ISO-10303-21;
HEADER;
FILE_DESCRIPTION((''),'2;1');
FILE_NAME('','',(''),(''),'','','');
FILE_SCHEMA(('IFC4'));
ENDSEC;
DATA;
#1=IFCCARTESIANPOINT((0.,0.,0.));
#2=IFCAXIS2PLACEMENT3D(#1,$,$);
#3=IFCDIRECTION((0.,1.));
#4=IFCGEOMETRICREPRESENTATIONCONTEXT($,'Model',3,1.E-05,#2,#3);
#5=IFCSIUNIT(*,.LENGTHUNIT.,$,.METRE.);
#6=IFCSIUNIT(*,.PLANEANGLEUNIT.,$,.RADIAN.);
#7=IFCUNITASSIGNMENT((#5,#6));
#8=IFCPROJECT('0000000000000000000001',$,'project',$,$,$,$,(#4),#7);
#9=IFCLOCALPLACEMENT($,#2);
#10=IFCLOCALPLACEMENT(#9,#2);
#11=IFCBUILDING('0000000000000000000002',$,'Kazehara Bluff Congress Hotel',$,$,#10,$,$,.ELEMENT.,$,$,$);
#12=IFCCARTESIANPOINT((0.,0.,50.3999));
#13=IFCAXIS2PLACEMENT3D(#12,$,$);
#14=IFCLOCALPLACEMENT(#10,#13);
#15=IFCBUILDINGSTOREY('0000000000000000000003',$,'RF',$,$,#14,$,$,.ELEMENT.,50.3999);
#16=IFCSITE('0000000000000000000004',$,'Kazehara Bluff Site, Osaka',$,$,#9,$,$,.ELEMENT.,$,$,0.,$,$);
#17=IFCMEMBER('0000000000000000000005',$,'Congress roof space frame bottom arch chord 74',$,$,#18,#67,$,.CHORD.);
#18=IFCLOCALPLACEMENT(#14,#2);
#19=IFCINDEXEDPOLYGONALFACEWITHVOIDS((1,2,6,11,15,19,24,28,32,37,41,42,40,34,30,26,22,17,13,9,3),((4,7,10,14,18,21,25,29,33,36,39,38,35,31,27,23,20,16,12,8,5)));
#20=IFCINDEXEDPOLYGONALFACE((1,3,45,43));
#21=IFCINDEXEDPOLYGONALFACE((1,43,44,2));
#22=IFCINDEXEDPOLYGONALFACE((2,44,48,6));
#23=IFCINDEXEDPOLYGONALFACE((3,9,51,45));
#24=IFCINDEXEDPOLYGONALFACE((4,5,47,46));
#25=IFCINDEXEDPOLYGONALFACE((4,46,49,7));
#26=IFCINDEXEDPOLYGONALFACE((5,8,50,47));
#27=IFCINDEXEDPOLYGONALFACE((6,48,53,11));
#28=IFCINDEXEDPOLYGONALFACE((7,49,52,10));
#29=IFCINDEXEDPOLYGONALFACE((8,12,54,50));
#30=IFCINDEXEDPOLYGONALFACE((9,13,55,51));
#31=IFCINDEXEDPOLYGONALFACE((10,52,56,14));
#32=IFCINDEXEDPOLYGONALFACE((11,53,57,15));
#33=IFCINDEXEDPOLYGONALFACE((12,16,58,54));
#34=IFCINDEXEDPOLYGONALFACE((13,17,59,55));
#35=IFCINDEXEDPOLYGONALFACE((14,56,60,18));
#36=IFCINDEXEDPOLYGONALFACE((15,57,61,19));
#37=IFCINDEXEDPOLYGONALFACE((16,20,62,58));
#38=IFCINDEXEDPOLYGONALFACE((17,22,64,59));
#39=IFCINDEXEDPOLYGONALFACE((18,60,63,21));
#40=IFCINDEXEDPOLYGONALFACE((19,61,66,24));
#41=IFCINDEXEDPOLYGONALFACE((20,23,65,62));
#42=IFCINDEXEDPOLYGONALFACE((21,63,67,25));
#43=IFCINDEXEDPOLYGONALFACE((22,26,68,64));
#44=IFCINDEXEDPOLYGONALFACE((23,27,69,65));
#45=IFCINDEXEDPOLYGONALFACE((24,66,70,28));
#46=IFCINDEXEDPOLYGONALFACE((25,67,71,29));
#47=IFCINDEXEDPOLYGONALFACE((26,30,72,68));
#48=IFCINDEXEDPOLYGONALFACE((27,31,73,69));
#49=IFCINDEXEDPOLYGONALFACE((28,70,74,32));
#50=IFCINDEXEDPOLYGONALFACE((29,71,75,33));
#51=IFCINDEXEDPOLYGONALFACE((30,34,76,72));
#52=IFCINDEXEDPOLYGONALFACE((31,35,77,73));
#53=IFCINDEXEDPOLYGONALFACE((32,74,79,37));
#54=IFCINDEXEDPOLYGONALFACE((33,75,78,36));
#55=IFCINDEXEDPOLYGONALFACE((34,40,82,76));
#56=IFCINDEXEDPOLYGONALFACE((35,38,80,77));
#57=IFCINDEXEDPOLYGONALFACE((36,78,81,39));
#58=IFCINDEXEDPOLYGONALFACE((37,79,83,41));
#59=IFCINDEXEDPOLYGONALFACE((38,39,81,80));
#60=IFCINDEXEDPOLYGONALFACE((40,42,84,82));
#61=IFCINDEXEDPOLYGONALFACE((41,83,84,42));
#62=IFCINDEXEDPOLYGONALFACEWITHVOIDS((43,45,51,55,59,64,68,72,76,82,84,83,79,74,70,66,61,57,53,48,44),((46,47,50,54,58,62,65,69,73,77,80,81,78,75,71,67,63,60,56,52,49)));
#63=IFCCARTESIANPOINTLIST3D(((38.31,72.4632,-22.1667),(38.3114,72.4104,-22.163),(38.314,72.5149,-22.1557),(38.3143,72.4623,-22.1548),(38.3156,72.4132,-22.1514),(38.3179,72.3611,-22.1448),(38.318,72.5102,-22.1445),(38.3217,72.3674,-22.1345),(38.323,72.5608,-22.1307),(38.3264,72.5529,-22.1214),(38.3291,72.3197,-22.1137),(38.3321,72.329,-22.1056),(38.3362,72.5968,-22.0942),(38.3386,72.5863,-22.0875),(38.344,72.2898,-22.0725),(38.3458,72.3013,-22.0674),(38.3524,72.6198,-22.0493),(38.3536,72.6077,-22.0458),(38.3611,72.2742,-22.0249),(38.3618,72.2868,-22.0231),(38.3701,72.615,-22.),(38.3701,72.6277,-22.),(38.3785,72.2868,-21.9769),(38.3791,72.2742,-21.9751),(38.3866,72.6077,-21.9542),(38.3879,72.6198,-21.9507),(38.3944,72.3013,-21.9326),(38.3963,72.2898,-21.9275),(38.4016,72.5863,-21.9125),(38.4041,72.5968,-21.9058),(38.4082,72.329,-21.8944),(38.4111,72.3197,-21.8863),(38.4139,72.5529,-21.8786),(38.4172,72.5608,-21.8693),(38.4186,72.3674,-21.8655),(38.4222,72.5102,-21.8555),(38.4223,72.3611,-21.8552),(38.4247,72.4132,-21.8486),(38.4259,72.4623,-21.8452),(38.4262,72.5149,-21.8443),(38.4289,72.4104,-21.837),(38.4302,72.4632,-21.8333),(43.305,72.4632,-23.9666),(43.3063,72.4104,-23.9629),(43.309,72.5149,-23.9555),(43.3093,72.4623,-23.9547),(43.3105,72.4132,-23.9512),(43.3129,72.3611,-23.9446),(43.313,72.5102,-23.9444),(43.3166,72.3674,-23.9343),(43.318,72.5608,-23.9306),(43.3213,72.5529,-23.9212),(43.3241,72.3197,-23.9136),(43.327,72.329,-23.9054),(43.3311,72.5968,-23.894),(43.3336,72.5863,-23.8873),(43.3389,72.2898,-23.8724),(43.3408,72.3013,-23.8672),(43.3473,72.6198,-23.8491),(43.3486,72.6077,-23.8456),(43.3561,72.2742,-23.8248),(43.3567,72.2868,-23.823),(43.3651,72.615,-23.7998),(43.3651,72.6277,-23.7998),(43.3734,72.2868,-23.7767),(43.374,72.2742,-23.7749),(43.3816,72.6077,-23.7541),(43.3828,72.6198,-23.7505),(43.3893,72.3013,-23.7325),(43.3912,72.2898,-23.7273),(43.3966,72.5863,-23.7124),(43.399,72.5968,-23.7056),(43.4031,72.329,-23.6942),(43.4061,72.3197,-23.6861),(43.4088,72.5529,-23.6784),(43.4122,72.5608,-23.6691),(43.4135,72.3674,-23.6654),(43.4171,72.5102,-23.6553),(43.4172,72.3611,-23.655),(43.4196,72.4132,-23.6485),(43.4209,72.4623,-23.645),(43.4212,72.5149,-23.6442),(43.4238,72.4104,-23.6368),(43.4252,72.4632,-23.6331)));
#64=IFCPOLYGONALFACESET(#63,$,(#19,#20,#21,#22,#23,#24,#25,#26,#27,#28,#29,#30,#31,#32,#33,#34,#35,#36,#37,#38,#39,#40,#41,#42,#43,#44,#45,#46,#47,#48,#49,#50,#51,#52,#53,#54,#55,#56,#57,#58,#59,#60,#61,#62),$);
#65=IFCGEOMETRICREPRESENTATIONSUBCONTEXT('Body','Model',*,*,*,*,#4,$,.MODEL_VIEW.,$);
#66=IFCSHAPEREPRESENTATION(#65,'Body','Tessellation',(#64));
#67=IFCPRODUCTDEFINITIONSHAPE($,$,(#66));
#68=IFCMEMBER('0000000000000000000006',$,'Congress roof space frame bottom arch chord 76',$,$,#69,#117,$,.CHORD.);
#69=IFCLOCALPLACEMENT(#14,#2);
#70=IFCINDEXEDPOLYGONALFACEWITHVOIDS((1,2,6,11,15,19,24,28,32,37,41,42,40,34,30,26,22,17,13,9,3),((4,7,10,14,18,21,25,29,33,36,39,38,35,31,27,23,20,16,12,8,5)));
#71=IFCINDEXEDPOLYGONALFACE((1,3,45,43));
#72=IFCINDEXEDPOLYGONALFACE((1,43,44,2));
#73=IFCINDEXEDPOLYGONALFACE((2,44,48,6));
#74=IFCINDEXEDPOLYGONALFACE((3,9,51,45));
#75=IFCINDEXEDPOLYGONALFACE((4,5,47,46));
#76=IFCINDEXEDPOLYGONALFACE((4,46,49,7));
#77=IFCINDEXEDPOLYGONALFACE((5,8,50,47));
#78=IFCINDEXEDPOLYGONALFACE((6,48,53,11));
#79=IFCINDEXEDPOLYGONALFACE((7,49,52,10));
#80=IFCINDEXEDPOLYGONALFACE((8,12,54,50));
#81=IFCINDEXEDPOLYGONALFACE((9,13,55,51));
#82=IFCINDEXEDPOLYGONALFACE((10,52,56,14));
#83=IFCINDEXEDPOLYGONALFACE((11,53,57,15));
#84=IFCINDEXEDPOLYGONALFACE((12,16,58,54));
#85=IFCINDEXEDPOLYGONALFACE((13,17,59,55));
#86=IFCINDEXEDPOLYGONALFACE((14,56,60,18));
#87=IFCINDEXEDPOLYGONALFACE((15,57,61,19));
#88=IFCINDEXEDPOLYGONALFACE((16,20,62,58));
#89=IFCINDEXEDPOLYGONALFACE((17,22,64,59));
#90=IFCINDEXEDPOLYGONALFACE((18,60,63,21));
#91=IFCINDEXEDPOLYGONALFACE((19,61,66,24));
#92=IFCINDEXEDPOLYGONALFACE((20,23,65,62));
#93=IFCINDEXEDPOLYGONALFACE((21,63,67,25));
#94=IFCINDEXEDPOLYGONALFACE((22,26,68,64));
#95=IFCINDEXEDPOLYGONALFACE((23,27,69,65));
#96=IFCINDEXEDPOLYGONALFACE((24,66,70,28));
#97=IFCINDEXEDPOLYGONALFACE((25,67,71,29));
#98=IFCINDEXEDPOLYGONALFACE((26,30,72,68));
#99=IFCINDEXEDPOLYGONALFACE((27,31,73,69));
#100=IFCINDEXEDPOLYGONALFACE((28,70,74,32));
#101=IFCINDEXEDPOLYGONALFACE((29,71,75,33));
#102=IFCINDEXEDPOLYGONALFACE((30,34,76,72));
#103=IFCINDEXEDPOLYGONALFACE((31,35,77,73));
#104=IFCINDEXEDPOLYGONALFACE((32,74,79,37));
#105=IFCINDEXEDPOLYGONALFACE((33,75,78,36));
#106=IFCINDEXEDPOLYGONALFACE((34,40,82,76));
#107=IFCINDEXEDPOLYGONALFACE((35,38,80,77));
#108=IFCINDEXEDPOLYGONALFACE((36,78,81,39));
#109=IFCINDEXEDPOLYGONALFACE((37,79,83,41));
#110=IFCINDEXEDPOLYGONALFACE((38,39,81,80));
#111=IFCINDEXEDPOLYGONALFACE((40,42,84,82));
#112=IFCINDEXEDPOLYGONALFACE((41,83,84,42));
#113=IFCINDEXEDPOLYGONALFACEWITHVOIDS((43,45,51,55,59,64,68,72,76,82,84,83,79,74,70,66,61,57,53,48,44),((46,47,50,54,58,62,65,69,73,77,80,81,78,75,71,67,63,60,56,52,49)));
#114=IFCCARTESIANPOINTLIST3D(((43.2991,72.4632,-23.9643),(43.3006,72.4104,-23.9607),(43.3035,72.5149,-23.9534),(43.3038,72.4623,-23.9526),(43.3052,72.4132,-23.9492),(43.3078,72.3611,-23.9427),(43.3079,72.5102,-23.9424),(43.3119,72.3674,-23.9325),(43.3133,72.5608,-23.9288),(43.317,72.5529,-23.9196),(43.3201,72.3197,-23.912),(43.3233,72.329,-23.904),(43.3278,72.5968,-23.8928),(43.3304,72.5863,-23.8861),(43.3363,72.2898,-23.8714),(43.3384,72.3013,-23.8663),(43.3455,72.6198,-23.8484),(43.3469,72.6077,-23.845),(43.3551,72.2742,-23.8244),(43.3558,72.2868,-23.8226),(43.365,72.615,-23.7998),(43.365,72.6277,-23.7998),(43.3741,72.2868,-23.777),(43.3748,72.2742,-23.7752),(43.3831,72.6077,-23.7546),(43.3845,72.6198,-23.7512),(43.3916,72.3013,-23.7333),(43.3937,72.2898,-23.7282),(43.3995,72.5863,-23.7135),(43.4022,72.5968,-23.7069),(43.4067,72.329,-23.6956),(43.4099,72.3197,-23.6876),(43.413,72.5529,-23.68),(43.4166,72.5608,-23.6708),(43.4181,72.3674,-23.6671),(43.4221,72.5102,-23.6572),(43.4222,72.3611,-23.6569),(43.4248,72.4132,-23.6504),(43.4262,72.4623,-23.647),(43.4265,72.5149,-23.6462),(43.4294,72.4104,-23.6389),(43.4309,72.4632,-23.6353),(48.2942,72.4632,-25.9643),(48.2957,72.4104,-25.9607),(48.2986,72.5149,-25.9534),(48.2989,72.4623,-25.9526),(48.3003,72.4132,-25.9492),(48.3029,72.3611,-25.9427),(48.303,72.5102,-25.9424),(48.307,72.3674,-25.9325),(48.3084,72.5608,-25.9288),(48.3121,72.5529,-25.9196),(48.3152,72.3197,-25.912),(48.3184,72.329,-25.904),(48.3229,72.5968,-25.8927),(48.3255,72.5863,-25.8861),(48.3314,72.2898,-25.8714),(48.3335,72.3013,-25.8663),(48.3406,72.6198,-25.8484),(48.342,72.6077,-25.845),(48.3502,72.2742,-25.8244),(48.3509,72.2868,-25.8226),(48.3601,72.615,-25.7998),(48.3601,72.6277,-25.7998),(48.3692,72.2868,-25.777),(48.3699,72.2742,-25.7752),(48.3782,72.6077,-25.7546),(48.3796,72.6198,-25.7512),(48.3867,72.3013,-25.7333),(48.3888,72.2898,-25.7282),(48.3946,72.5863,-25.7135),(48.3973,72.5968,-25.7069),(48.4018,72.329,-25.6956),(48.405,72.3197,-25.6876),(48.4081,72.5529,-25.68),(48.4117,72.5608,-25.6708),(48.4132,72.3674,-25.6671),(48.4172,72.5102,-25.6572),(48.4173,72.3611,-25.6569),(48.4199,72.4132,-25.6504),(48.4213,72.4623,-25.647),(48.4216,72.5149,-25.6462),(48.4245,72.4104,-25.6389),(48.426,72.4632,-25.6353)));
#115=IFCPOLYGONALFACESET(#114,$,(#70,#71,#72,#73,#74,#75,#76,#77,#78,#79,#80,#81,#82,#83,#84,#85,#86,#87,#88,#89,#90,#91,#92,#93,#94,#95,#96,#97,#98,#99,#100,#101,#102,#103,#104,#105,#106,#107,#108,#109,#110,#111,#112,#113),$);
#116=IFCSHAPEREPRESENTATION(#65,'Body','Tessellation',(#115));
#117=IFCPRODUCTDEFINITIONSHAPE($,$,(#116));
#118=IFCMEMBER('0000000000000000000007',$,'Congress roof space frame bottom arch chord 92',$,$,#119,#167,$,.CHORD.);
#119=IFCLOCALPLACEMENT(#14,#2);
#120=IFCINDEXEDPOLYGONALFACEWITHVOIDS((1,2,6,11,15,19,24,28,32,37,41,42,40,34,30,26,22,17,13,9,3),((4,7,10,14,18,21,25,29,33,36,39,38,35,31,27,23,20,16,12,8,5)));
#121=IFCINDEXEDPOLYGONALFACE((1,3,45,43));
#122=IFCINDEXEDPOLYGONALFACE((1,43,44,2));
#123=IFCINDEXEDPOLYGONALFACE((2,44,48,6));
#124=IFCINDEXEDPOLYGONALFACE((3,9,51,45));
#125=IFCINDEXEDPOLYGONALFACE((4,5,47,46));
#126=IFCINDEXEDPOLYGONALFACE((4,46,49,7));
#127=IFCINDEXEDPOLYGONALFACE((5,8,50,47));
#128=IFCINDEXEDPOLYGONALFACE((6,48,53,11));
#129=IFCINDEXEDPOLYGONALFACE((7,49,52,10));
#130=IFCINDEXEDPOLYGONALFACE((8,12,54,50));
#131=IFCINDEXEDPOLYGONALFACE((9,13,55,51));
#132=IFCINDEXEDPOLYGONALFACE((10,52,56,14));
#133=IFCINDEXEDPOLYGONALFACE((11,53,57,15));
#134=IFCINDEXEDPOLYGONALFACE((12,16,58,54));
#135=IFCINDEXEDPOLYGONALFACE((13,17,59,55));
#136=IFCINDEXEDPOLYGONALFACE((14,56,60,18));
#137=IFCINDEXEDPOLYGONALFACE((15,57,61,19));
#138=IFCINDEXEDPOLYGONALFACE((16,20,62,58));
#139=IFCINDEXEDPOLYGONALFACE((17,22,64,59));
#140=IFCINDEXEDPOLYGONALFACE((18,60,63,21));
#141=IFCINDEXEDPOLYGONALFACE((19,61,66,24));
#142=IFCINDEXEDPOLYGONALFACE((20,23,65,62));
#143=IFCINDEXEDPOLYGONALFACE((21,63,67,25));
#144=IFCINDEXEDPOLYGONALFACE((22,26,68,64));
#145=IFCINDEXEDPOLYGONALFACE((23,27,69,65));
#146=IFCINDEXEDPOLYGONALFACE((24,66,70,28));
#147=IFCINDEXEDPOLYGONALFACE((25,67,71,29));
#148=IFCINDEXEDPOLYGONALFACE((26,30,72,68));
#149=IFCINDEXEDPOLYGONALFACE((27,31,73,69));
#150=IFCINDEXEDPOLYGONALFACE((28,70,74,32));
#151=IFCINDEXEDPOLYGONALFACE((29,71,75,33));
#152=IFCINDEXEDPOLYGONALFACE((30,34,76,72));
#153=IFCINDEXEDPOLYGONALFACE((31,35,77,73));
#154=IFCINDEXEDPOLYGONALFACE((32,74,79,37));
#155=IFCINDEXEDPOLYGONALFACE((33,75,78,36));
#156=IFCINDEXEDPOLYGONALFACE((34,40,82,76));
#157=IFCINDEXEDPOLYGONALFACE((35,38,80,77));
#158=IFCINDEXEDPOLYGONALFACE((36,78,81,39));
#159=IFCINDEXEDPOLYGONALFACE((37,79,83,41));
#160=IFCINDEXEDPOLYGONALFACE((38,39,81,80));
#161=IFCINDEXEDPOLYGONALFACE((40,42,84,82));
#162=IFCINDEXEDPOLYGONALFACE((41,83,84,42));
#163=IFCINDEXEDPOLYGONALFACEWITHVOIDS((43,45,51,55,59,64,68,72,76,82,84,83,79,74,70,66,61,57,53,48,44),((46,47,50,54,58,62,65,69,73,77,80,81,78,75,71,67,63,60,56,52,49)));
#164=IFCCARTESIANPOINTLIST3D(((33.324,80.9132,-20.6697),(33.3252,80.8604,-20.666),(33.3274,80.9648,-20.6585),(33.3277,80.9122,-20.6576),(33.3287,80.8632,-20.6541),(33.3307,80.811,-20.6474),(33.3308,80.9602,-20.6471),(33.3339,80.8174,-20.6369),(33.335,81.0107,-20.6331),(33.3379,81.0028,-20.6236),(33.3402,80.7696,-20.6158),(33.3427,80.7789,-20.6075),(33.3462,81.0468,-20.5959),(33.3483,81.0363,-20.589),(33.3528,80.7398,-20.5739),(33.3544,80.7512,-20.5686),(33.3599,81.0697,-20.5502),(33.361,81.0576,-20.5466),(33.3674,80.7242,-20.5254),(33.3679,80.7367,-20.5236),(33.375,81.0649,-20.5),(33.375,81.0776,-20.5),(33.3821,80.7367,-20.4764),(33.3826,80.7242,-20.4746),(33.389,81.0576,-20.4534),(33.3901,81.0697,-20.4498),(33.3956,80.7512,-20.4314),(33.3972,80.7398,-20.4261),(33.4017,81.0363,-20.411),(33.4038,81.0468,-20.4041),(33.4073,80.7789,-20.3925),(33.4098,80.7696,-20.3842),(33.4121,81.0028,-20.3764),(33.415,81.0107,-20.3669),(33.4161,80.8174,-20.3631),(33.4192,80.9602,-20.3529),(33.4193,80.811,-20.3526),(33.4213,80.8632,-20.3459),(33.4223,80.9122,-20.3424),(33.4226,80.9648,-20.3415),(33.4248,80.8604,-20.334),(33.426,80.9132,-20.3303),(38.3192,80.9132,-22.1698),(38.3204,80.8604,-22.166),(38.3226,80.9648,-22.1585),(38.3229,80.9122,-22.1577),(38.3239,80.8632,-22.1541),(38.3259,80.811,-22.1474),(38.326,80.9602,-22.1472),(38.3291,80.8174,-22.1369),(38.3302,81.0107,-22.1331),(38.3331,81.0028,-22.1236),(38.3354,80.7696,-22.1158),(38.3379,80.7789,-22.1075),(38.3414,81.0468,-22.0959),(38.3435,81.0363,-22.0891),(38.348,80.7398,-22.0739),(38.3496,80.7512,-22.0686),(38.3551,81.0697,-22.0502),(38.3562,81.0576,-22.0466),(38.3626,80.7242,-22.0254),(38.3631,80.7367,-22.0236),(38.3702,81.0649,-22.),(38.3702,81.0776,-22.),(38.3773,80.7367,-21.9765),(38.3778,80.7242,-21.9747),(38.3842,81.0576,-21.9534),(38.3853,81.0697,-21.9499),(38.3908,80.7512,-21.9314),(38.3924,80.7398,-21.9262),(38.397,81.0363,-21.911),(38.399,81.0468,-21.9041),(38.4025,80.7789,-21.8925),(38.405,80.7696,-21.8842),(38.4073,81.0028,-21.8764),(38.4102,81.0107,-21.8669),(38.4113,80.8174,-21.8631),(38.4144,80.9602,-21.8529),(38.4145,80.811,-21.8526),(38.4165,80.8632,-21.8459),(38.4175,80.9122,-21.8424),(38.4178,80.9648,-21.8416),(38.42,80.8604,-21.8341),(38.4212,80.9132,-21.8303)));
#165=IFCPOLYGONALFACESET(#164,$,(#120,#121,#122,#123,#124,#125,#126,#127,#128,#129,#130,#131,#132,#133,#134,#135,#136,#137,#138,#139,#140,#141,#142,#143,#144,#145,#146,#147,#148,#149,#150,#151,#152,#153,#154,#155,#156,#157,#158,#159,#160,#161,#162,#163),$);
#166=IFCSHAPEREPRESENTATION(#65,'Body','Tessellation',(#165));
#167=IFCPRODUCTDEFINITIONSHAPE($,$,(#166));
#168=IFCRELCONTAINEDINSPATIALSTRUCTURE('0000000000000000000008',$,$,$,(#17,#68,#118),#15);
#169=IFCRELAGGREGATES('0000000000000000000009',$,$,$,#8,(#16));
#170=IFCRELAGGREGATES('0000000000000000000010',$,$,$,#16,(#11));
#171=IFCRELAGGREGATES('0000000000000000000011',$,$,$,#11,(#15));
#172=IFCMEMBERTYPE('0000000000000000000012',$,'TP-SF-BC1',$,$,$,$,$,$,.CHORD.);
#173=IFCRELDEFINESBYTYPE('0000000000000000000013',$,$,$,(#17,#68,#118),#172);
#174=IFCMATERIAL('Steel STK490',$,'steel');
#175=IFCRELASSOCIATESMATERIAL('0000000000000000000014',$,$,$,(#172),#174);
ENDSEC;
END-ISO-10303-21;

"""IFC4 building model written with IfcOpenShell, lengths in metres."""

from ifc_helpers import new_model, si_unit, direction, frame, origin, origin_2d, place, context, subcontext, project, spatial, hollow_circle, extrude, material, material_profile, profile_set, type_object, element, save


model = new_model("IFC4")

# Units and contexts
model_context = context("Model", 3, precision=1e-05, world=origin(), true_north=direction((0.0, 1.0)))
body_context = subcontext(model_context, "Body", "Model", "MODEL_VIEW")
ifc_project = project(units=[si_unit("LENGTHUNIT", "METRE"), si_unit("PLANEANGLEUNIT", "RADIAN")], contexts=[model_context])

# Site, building, storey
site_placement = place(None, origin())
site = spatial("IfcSite", under=ifc_project, at=site_placement, Name="Kazehara Bluff Site, Osaka", CompositionType="ELEMENT", RefElevation=0.0)
building_placement = place(site_placement, origin())
building = spatial("IfcBuilding", under=site, at=building_placement, Name="Kazehara Bluff Congress Hotel", CompositionType="ELEMENT")
storey_placement = place(building_placement, frame((0.0, 0.0, 50.3999)))
storey = spatial("IfcBuildingStorey", under=building, at=storey_placement, Name="RF", CompositionType="ELEMENT", Elevation=50.3999)

# Members
ifc_material_1 = material(Name="Steel STK490", Category="steel")
ifc_material_profile_1 = material_profile(ifc_material_1, hollow_circle(Radius=0.1777, WallThickness=0.0127, at=origin_2d()))
ifc_profile_set_1 = profile_set([ifc_material_profile_1], Name="Steel STK490")
member_type_1 = type_object("IfcMemberType", Name="TP-SF-BC1", PredefinedType="CHORD", material=ifc_profile_set_1)
member_1_placement = place(storey_placement, frame((38.3701, 72.45, -22.0), z_axis=(0.940788, 0.0, -0.338995), x_axis=(0.0, 1.0, 0.0)))
element("IfcMember", 1, at=member_1_placement, inside=storey, type_object=member_type_1, Name="Congress roof space frame bottom arch chord 74", PredefinedType="CHORD", context=body_context, shape_type="SweptSolid", body=[
    extrude(hollow_circle(Radius=0.1777, WallThickness=0.0127, at=origin_2d()), origin(), (0.0, 0.0, 1.0), 5.3093),
])
member_2_placement = place(storey_placement, frame((43.365, 72.45, -23.7998), z_axis=(0.928351, 0.0, -0.371704), x_axis=(0.0, 1.0, 0.0)))
element("IfcMember", 2, at=member_2_placement, inside=storey, type_object=member_type_1, Name="Congress roof space frame bottom arch chord 76", PredefinedType="CHORD", context=body_context, shape_type="SweptSolid", body=[
    extrude(hollow_circle(Radius=0.1777, WallThickness=0.0127, at=origin_2d()), origin(), (0.0, 0.0, 1.0), 5.3806),
])
member_3_placement = place(storey_placement, frame((33.375, 80.8999, -20.5), z_axis=(0.957749, 0.0, -0.287606), x_axis=(0.0, 1.0, 0.0)))
element("IfcMember", 3, at=member_3_placement, inside=storey, type_object=member_type_1, Name="Congress roof space frame bottom arch chord 92", PredefinedType="CHORD", context=body_context, shape_type="SweptSolid", body=[
    extrude(hollow_circle(Radius=0.1777, WallThickness=0.0127, at=origin_2d()), origin(), (0.0, 0.0, 1.0), 5.2156),
])

save(model, "model.ifc")
